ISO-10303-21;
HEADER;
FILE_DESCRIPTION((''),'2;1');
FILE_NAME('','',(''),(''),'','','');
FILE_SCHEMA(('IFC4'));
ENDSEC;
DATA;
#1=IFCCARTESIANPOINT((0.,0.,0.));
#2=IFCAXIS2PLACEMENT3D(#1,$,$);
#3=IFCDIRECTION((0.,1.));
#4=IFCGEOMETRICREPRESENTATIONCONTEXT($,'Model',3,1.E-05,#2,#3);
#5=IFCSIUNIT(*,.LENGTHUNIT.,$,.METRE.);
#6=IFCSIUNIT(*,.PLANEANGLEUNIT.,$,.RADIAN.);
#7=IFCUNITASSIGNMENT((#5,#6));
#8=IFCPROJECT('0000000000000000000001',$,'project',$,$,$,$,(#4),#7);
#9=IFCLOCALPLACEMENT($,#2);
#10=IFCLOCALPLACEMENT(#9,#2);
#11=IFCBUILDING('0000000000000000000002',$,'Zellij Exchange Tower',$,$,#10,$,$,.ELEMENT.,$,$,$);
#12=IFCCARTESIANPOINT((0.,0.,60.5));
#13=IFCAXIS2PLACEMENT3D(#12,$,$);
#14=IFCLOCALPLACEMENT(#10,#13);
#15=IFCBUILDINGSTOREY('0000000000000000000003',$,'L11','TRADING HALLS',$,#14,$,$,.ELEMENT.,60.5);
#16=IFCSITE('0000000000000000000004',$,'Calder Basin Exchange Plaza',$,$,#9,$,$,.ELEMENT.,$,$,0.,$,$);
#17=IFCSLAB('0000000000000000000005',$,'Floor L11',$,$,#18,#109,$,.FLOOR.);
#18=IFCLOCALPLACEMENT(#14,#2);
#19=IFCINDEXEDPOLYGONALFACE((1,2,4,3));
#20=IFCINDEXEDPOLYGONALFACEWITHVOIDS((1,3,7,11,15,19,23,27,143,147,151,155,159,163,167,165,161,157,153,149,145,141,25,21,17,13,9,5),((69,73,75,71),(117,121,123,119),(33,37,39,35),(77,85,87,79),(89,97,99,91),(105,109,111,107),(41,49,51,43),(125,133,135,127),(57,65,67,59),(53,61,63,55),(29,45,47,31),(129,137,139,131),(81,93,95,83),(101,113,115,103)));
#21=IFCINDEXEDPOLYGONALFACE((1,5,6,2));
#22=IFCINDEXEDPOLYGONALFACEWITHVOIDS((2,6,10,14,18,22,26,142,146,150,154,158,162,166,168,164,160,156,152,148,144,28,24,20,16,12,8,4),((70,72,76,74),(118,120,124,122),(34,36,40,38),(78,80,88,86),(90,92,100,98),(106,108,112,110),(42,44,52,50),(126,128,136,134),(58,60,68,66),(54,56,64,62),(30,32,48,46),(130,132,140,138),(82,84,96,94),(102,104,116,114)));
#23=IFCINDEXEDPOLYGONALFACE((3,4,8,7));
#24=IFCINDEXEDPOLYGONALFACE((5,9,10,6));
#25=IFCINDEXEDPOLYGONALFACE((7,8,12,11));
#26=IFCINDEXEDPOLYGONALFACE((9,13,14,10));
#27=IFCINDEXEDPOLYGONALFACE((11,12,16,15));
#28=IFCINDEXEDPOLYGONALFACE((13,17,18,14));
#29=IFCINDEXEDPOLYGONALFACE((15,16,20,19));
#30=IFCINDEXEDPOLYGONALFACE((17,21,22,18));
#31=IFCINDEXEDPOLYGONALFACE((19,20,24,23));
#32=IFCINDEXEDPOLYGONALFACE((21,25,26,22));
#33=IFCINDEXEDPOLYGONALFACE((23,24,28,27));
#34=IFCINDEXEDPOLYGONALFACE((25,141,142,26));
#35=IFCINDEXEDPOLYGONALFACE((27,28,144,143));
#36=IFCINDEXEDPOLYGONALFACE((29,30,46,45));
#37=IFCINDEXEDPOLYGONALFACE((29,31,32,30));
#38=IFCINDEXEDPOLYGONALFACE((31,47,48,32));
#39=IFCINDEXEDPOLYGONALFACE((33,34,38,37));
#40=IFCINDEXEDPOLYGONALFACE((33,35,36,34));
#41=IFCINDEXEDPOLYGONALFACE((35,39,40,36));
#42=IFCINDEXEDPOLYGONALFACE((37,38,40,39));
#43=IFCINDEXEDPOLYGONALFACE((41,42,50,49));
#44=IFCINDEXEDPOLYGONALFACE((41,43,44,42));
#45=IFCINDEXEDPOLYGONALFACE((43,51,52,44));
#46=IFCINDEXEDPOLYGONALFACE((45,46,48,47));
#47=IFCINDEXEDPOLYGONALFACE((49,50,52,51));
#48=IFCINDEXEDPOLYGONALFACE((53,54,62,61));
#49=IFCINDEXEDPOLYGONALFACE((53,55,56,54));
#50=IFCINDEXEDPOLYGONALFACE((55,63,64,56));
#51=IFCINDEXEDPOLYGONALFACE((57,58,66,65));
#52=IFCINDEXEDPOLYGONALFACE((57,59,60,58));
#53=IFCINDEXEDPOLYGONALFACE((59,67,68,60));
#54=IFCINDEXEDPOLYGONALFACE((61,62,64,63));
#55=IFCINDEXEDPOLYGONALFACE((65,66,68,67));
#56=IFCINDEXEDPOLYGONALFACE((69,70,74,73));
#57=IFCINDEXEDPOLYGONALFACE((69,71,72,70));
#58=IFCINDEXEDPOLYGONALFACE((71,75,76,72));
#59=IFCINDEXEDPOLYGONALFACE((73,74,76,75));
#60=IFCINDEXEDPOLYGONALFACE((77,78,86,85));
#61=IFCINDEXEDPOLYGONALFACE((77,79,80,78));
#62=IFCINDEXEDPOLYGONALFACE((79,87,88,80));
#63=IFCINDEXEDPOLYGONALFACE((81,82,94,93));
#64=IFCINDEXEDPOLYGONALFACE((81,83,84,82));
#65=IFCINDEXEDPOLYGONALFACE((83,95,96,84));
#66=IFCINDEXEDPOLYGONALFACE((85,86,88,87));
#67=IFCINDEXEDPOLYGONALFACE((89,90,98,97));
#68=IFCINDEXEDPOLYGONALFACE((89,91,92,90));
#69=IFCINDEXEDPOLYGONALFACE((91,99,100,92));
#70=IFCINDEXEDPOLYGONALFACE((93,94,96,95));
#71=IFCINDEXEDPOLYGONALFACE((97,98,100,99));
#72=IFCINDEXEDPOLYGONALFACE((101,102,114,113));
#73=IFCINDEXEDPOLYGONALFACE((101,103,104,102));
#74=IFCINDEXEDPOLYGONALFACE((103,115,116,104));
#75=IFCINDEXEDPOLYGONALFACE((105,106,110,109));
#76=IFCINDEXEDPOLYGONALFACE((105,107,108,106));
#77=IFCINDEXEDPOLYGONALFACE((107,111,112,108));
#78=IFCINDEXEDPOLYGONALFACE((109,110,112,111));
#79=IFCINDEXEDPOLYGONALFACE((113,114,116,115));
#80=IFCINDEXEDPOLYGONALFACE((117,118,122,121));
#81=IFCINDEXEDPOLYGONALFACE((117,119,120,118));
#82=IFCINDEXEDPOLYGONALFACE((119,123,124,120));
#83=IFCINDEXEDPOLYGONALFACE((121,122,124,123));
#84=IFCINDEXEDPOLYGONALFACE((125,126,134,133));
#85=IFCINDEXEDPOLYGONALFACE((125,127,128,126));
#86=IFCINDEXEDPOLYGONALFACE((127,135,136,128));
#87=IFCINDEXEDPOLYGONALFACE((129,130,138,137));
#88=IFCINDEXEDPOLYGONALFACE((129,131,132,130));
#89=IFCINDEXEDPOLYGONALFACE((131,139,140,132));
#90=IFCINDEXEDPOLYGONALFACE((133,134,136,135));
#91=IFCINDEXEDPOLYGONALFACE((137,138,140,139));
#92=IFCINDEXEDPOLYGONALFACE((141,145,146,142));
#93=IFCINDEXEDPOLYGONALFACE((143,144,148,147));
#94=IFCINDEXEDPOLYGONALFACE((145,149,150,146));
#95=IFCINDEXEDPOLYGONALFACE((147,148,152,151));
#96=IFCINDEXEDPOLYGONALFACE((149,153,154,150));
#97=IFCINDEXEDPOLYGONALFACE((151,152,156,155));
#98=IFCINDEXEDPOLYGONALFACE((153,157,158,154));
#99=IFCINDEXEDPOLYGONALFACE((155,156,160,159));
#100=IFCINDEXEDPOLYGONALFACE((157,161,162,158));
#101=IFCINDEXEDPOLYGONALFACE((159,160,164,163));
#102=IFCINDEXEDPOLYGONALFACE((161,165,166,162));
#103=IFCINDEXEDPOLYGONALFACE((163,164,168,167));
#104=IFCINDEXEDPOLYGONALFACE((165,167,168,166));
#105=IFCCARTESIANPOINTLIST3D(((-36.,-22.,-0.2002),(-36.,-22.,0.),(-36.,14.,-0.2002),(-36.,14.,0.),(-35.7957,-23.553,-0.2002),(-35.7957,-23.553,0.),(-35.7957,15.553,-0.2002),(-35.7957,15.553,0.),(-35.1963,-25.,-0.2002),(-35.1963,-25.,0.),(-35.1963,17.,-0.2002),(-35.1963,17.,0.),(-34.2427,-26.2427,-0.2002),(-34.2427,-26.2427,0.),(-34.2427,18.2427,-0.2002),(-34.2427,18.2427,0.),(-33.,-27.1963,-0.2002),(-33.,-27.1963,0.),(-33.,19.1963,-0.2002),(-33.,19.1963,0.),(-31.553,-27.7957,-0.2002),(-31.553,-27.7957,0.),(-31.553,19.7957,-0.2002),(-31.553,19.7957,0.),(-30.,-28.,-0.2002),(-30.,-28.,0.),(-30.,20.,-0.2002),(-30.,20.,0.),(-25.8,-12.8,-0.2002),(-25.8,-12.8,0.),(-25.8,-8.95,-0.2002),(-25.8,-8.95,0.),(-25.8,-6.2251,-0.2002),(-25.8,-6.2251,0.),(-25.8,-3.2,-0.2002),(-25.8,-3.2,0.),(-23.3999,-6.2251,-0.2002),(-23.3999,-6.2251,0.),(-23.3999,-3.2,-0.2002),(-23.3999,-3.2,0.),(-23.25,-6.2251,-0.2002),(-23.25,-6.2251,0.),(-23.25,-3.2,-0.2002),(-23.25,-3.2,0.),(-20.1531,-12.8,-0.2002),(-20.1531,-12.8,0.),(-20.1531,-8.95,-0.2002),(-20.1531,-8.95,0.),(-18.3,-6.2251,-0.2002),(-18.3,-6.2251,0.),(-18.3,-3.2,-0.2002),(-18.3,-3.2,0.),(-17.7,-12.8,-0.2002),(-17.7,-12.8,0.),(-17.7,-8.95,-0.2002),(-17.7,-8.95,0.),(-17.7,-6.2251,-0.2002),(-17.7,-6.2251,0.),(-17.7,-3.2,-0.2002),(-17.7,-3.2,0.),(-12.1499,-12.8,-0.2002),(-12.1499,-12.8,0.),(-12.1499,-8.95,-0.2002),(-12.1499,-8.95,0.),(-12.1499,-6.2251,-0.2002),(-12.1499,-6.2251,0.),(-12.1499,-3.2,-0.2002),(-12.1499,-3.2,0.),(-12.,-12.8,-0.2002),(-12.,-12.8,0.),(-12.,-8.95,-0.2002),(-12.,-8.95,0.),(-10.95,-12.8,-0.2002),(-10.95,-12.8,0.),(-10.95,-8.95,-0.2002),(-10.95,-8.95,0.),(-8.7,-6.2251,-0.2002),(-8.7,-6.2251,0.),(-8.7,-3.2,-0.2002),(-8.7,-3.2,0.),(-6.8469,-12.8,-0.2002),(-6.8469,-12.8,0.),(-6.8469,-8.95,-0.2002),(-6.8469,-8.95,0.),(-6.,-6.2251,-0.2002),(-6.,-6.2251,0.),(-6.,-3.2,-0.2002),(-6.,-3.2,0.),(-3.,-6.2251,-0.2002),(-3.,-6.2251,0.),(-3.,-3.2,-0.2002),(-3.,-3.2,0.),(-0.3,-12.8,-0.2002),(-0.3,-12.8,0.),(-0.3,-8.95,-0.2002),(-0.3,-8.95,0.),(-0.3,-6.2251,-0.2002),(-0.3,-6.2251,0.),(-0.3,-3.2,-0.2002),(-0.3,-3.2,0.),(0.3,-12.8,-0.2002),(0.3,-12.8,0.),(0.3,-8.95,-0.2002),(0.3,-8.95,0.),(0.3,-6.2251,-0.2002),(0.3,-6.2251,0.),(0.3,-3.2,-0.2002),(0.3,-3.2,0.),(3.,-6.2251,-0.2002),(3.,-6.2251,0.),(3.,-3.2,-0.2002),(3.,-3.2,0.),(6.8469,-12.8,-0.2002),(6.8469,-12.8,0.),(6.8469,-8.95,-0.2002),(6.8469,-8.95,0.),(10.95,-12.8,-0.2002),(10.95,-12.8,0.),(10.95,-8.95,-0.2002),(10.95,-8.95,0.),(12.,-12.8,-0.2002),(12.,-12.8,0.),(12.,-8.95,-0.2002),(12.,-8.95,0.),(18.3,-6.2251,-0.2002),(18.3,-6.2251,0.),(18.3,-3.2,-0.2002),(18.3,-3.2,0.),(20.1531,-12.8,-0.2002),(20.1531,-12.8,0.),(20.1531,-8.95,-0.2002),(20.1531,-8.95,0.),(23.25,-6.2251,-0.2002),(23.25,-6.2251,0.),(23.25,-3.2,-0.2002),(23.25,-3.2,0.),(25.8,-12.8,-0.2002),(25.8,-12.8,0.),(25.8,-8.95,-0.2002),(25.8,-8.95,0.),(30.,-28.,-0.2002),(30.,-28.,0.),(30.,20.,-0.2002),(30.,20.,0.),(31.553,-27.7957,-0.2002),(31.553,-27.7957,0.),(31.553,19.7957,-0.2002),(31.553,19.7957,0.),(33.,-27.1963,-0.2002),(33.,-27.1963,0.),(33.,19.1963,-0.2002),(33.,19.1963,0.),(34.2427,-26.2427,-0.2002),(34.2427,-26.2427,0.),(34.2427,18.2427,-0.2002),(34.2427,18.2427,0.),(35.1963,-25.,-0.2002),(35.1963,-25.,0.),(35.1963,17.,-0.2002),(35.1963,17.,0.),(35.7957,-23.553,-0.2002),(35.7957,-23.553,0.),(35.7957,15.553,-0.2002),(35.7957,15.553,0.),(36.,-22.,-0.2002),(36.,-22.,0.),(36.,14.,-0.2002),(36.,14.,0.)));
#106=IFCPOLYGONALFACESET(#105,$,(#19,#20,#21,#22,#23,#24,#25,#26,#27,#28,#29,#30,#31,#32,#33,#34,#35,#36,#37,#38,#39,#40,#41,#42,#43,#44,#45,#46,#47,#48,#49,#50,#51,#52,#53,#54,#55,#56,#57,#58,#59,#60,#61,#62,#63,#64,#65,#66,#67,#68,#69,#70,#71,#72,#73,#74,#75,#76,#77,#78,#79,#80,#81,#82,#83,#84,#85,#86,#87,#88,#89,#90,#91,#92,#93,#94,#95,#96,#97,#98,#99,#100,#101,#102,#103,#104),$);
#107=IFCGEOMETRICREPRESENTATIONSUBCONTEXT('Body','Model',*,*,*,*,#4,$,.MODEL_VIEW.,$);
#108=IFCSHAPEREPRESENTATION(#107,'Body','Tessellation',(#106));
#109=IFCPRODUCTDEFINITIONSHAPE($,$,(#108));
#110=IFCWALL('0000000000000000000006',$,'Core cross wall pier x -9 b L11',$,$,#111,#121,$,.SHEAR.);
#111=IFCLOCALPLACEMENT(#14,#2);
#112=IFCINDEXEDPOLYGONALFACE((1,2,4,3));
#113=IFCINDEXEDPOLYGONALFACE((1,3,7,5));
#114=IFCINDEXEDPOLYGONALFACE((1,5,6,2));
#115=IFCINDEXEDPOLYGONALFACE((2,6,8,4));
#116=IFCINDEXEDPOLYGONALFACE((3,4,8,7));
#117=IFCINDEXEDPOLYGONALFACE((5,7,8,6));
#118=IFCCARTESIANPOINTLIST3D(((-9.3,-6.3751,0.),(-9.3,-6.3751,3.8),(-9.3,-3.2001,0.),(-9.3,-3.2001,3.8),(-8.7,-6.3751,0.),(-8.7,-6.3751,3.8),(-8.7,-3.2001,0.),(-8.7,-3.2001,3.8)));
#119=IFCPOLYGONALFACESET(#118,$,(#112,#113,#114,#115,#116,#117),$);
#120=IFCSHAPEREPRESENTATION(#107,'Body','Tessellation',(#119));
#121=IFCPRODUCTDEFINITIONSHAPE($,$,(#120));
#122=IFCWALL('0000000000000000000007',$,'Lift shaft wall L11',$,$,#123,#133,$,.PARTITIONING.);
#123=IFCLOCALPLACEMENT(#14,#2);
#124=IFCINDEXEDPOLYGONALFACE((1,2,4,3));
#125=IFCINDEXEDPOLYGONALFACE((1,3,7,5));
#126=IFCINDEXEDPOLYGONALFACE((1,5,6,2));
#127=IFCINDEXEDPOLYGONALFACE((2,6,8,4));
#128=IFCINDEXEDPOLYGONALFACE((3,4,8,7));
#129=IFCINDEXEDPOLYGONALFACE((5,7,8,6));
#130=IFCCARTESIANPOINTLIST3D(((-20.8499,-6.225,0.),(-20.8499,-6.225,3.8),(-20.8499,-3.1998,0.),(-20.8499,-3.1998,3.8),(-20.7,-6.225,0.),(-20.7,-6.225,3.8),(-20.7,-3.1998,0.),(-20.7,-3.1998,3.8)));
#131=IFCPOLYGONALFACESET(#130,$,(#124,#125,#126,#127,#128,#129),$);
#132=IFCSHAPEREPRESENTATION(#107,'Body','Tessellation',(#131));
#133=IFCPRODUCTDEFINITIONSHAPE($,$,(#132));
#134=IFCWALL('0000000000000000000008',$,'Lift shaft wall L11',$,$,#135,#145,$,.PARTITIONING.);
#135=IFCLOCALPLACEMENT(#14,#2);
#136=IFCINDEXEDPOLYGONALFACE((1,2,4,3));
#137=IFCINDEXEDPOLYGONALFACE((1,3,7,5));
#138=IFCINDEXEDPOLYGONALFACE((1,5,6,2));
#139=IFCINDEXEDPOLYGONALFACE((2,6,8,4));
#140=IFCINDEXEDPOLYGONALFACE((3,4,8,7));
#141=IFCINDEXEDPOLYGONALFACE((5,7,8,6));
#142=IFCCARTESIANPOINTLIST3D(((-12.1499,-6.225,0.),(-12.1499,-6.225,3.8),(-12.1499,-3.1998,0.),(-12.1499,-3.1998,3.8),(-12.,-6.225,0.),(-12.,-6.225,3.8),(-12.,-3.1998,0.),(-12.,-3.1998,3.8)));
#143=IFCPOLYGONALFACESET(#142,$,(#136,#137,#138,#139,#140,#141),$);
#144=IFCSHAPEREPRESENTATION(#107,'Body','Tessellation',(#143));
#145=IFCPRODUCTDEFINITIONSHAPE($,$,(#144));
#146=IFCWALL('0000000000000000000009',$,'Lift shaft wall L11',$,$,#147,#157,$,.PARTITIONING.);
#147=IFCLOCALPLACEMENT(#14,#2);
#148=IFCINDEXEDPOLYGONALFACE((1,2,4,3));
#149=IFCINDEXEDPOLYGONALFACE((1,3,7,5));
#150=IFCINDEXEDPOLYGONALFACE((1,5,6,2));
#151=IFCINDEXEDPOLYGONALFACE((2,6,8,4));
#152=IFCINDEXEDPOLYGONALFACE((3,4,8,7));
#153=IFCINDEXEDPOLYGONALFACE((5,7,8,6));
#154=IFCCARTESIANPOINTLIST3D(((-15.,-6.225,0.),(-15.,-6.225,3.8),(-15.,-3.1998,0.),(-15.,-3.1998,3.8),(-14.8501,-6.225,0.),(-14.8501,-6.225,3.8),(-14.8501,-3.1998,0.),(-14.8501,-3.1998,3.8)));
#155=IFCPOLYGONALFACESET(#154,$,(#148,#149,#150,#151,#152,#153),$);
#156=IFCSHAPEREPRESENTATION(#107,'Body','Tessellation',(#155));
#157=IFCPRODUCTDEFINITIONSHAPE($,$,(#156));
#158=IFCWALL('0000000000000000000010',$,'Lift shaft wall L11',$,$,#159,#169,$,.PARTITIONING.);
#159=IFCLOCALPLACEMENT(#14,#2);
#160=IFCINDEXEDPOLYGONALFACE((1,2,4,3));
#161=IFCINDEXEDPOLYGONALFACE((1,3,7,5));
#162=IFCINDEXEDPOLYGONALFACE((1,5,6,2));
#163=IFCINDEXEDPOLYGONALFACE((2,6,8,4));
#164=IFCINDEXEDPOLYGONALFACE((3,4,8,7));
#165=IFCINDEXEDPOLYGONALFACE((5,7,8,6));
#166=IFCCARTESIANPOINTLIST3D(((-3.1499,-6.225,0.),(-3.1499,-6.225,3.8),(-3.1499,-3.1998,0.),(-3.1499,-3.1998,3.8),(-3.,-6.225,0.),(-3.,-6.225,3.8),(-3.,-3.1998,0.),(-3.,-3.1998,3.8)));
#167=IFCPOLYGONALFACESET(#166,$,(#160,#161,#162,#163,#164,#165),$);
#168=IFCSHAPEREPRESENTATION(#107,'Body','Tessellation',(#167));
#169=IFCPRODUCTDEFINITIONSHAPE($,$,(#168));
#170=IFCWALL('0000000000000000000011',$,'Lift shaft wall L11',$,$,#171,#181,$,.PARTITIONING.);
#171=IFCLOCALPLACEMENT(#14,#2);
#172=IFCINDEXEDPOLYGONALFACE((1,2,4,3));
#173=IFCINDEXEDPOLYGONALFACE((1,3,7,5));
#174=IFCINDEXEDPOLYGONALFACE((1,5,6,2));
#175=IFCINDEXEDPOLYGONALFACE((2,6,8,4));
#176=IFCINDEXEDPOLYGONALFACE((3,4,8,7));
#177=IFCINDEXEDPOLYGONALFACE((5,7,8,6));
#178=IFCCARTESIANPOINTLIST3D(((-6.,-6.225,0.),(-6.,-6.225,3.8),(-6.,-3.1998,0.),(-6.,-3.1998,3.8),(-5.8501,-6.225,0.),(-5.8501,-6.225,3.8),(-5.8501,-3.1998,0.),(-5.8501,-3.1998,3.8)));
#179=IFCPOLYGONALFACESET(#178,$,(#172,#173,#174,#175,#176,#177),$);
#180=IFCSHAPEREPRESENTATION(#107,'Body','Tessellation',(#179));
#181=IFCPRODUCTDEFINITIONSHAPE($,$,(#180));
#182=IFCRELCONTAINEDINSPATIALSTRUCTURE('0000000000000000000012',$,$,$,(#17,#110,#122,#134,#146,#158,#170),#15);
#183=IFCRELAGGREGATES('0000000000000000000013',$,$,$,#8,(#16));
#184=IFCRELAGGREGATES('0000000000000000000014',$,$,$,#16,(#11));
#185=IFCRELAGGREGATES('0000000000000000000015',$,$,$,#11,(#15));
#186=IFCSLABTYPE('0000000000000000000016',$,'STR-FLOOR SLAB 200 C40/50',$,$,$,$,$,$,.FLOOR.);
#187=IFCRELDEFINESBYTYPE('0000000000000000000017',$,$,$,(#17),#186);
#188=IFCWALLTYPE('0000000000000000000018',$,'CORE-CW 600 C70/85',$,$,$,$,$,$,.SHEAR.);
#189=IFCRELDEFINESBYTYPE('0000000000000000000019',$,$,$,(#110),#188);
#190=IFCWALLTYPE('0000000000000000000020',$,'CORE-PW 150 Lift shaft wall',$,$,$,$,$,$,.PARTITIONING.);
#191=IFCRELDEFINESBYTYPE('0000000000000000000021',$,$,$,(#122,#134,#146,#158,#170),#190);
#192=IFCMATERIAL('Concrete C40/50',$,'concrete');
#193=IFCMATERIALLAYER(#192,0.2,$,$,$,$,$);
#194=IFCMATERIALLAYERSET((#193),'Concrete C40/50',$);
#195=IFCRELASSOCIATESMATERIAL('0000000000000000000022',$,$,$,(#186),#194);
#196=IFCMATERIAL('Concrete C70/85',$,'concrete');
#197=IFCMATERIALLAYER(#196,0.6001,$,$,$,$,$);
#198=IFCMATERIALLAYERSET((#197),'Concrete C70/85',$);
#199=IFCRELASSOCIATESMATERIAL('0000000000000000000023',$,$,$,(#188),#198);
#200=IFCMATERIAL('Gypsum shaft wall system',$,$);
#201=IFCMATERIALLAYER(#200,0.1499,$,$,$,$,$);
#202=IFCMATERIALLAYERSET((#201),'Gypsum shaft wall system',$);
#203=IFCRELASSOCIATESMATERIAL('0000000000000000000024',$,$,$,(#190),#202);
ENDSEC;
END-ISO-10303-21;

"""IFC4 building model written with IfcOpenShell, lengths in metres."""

from ifc_helpers import new_model, si_unit, direction, frame, frame_2d, origin, place, context, subcontext, project, spatial, polyline, rectangle, outline, extrude, material, layer, layer_set, type_object, element, save


model = new_model("IFC4")

# Units and contexts
model_context = context("Model", 3, precision=1e-05, world=origin(), true_north=direction((0.0, 1.0)))
body_context = subcontext(model_context, "Body", "Model", "MODEL_VIEW")
ifc_project = project(units=[si_unit("LENGTHUNIT", "METRE"), si_unit("PLANEANGLEUNIT", "RADIAN")], contexts=[model_context])

# Site, building, storey
site_placement = place(None, origin())
site = spatial("IfcSite", under=ifc_project, at=site_placement, Name="Calder Basin Exchange Plaza", CompositionType="ELEMENT", RefElevation=0.0)
building_placement = place(site_placement, origin())
building = spatial("IfcBuilding", under=site, at=building_placement, Name="Zellij Exchange Tower", CompositionType="ELEMENT")
storey_placement = place(building_placement, frame((0.0, 0.0, 60.5)))
storey = spatial("IfcBuildingStorey", under=building, at=storey_placement, Name="L11", Description="TRADING HALLS", CompositionType="ELEMENT", Elevation=60.5)

# Slab
ifc_material_1 = material(Name="Concrete C40/50", Category="concrete")
ifc_layer_1 = layer(ifc_material_1, 0.2)
ifc_layer_set_1 = layer_set([ifc_layer_1], Name="Concrete C40/50")
slab_type = type_object("IfcSlabType", Name="STR-FLOOR SLAB 200 C40/50", PredefinedType="FLOOR", material=ifc_layer_set_1)
slab_placement = place(storey_placement, frame((0.0, 0.0, -0.2002)))
element("IfcSlab", 1, at=slab_placement, inside=storey, type_object=slab_type, Name="Floor L11", PredefinedType="FLOOR", context=body_context, shape_type="SweptSolid", body=[
    extrude(outline(polyline([(-30.0, -28.0), (-31.553, -27.7957), (-33.0, -27.1963), (-34.2427, -26.2427), (-35.1963, -25.0), (-35.7957, -23.553), (-36.0, -22.0), (-36.0, 14.0), (-35.7957, 15.553), (-35.1963, 17.0), (-34.2427, 18.2427), (-33.0, 19.1963), (-31.553, 19.7957), (-30.0, 20.0), (30.0, 20.0), (31.553, 19.7957), (33.0, 19.1963), (34.2427, 18.2427), (35.1963, 17.0), (35.7957, 15.553), (36.0, 14.0), (36.0, -22.0), (35.7957, -23.553), (35.1963, -25.0), (34.2427, -26.2427), (33.0, -27.1963), (31.553, -27.7957), (30.0, -28.0), (-30.0, -28.0)]), holes=[polyline([(-25.8, -8.95), (-25.8, -12.8), (-20.1531, -12.8), (-20.1531, -8.95), (-25.8, -8.95)]), polyline([(-12.1499, -8.95), (-17.7, -8.95), (-17.7, -12.8), (-12.1499, -12.8), (-12.1499, -8.95)]), polyline([(-10.95, -8.95), (-12.0, -8.95), (-12.0, -12.8), (-10.95, -12.8), (-10.95, -8.95)]), polyline([(-23.3999, -3.2), (-25.8, -3.2), (-25.8, -6.2251), (-23.3999, -6.2251), (-23.3999, -3.2)]), polyline([(-18.3, -3.2), (-23.25, -3.2), (-23.25, -6.2251), (-18.3, -6.2251), (-18.3, -3.2)]), polyline([(-12.1499, -3.2), (-17.7, -3.2), (-17.7, -6.2251), (-12.1499, -6.2251), (-12.1499, -3.2)]), polyline([(-6.0, -3.2), (-8.7, -3.2), (-8.7, -6.2251), (-6.0, -6.2251), (-6.0, -3.2)]), polyline([(-6.8469, -8.95), (-6.8469, -12.8), (-0.3, -12.8), (-0.3, -8.95), (-6.8469, -8.95)]), polyline([(6.8469, -8.95), (0.3, -8.95), (0.3, -12.8), (6.8469, -12.8), (6.8469, -8.95)]), polyline([(12.0, -8.95), (10.95, -8.95), (10.95, -12.8), (12.0, -12.8), (12.0, -8.95)]), polyline([(25.8, -8.95), (20.1531, -8.95), (20.1531, -12.8), (25.8, -12.8), (25.8, -8.95)]), polyline([(-0.3, -3.2), (-3.0, -3.2), (-3.0, -6.2251), (-0.3, -6.2251), (-0.3, -3.2)]), polyline([(3.0, -3.2), (0.3, -3.2), (0.3, -6.2251), (3.0, -6.2251), (3.0, -3.2)]), polyline([(23.25, -3.2), (18.3, -3.2), (18.3, -6.2251), (23.25, -6.2251), (23.25, -3.2)])]), origin(), (0.0, 0.0, 1.0), 0.2002),
])

# Walls
ifc_material_2 = material(Name="Concrete C70/85", Category="concrete")
ifc_layer_2 = layer(ifc_material_2, 0.6001)
ifc_layer_set_2 = layer_set([ifc_layer_2], Name="Concrete C70/85")
wall_type_1 = type_object("IfcWallType", Name="CORE-CW 600 C70/85", PredefinedType="SHEAR", material=ifc_layer_set_2)
wall_1_placement = place(storey_placement, frame((-9.0, -6.375, 0.0), z_axis=(0.0, 0.0, 1.0), x_axis=(0.0, 1.0, 0.0)))
element("IfcWall", 2, at=wall_1_placement, inside=storey, type_object=wall_type_1, Name="Core cross wall pier x -9 b L11", PredefinedType="SHEAR", context=body_context, shape_type="SweptSolid", body=[
    extrude(rectangle(XDim=3.175, YDim=0.6001, at=frame_2d((1.5874, 0.0))), origin(), (0.0, 0.0, 1.0), 3.8),
])
ifc_material_3 = material(Name="Gypsum shaft wall system")
ifc_layer_3 = layer(ifc_material_3, 0.1499)
ifc_layer_set_3 = layer_set([ifc_layer_3], Name="Gypsum shaft wall system")
wall_type_2 = type_object("IfcWallType", Name="CORE-PW 150 Lift shaft wall", PredefinedType="PARTITIONING", material=ifc_layer_set_3)
for number, where, z_axis, x_axis, name in (
    (3, (-20.7749, -6.2251, 0.0), (0.0, 0.0, 1.0), (0.0, 1.0, 0.0), "Lift shaft wall L11"),
    (4, (-12.075, -6.2251, 0.0), (0.0, 0.0, 1.0), (0.0, 1.0, 0.0), "Lift shaft wall L11"),
    (5, (-14.925, -6.2251, 0.0), (0.0, 0.0, 1.0), (0.0, 1.0, 0.0), "Lift shaft wall L11"),
    (6, (-3.075, -6.2251, 0.0), (0.0, 0.0, 1.0), (0.0, 1.0, 0.0), "Lift shaft wall L11"),
    (7, (-5.925, -6.2251, 0.0), (0.0, 0.0, 1.0), (0.0, 1.0, 0.0), "Lift shaft wall L11"),
):
    element("IfcWall", number, at=place(storey_placement, frame(where, z_axis=z_axis, x_axis=x_axis)), inside=storey, type_object=wall_type_2, Name=name, PredefinedType="PARTITIONING", context=body_context, shape_type="SweptSolid", body=[
        extrude(rectangle(XDim=3.0251, YDim=0.1499, at=frame_2d((1.5127, 0.0))), origin(), (0.0, 0.0, 1.0), 3.8),
    ])

save(model, "model.ifc")
